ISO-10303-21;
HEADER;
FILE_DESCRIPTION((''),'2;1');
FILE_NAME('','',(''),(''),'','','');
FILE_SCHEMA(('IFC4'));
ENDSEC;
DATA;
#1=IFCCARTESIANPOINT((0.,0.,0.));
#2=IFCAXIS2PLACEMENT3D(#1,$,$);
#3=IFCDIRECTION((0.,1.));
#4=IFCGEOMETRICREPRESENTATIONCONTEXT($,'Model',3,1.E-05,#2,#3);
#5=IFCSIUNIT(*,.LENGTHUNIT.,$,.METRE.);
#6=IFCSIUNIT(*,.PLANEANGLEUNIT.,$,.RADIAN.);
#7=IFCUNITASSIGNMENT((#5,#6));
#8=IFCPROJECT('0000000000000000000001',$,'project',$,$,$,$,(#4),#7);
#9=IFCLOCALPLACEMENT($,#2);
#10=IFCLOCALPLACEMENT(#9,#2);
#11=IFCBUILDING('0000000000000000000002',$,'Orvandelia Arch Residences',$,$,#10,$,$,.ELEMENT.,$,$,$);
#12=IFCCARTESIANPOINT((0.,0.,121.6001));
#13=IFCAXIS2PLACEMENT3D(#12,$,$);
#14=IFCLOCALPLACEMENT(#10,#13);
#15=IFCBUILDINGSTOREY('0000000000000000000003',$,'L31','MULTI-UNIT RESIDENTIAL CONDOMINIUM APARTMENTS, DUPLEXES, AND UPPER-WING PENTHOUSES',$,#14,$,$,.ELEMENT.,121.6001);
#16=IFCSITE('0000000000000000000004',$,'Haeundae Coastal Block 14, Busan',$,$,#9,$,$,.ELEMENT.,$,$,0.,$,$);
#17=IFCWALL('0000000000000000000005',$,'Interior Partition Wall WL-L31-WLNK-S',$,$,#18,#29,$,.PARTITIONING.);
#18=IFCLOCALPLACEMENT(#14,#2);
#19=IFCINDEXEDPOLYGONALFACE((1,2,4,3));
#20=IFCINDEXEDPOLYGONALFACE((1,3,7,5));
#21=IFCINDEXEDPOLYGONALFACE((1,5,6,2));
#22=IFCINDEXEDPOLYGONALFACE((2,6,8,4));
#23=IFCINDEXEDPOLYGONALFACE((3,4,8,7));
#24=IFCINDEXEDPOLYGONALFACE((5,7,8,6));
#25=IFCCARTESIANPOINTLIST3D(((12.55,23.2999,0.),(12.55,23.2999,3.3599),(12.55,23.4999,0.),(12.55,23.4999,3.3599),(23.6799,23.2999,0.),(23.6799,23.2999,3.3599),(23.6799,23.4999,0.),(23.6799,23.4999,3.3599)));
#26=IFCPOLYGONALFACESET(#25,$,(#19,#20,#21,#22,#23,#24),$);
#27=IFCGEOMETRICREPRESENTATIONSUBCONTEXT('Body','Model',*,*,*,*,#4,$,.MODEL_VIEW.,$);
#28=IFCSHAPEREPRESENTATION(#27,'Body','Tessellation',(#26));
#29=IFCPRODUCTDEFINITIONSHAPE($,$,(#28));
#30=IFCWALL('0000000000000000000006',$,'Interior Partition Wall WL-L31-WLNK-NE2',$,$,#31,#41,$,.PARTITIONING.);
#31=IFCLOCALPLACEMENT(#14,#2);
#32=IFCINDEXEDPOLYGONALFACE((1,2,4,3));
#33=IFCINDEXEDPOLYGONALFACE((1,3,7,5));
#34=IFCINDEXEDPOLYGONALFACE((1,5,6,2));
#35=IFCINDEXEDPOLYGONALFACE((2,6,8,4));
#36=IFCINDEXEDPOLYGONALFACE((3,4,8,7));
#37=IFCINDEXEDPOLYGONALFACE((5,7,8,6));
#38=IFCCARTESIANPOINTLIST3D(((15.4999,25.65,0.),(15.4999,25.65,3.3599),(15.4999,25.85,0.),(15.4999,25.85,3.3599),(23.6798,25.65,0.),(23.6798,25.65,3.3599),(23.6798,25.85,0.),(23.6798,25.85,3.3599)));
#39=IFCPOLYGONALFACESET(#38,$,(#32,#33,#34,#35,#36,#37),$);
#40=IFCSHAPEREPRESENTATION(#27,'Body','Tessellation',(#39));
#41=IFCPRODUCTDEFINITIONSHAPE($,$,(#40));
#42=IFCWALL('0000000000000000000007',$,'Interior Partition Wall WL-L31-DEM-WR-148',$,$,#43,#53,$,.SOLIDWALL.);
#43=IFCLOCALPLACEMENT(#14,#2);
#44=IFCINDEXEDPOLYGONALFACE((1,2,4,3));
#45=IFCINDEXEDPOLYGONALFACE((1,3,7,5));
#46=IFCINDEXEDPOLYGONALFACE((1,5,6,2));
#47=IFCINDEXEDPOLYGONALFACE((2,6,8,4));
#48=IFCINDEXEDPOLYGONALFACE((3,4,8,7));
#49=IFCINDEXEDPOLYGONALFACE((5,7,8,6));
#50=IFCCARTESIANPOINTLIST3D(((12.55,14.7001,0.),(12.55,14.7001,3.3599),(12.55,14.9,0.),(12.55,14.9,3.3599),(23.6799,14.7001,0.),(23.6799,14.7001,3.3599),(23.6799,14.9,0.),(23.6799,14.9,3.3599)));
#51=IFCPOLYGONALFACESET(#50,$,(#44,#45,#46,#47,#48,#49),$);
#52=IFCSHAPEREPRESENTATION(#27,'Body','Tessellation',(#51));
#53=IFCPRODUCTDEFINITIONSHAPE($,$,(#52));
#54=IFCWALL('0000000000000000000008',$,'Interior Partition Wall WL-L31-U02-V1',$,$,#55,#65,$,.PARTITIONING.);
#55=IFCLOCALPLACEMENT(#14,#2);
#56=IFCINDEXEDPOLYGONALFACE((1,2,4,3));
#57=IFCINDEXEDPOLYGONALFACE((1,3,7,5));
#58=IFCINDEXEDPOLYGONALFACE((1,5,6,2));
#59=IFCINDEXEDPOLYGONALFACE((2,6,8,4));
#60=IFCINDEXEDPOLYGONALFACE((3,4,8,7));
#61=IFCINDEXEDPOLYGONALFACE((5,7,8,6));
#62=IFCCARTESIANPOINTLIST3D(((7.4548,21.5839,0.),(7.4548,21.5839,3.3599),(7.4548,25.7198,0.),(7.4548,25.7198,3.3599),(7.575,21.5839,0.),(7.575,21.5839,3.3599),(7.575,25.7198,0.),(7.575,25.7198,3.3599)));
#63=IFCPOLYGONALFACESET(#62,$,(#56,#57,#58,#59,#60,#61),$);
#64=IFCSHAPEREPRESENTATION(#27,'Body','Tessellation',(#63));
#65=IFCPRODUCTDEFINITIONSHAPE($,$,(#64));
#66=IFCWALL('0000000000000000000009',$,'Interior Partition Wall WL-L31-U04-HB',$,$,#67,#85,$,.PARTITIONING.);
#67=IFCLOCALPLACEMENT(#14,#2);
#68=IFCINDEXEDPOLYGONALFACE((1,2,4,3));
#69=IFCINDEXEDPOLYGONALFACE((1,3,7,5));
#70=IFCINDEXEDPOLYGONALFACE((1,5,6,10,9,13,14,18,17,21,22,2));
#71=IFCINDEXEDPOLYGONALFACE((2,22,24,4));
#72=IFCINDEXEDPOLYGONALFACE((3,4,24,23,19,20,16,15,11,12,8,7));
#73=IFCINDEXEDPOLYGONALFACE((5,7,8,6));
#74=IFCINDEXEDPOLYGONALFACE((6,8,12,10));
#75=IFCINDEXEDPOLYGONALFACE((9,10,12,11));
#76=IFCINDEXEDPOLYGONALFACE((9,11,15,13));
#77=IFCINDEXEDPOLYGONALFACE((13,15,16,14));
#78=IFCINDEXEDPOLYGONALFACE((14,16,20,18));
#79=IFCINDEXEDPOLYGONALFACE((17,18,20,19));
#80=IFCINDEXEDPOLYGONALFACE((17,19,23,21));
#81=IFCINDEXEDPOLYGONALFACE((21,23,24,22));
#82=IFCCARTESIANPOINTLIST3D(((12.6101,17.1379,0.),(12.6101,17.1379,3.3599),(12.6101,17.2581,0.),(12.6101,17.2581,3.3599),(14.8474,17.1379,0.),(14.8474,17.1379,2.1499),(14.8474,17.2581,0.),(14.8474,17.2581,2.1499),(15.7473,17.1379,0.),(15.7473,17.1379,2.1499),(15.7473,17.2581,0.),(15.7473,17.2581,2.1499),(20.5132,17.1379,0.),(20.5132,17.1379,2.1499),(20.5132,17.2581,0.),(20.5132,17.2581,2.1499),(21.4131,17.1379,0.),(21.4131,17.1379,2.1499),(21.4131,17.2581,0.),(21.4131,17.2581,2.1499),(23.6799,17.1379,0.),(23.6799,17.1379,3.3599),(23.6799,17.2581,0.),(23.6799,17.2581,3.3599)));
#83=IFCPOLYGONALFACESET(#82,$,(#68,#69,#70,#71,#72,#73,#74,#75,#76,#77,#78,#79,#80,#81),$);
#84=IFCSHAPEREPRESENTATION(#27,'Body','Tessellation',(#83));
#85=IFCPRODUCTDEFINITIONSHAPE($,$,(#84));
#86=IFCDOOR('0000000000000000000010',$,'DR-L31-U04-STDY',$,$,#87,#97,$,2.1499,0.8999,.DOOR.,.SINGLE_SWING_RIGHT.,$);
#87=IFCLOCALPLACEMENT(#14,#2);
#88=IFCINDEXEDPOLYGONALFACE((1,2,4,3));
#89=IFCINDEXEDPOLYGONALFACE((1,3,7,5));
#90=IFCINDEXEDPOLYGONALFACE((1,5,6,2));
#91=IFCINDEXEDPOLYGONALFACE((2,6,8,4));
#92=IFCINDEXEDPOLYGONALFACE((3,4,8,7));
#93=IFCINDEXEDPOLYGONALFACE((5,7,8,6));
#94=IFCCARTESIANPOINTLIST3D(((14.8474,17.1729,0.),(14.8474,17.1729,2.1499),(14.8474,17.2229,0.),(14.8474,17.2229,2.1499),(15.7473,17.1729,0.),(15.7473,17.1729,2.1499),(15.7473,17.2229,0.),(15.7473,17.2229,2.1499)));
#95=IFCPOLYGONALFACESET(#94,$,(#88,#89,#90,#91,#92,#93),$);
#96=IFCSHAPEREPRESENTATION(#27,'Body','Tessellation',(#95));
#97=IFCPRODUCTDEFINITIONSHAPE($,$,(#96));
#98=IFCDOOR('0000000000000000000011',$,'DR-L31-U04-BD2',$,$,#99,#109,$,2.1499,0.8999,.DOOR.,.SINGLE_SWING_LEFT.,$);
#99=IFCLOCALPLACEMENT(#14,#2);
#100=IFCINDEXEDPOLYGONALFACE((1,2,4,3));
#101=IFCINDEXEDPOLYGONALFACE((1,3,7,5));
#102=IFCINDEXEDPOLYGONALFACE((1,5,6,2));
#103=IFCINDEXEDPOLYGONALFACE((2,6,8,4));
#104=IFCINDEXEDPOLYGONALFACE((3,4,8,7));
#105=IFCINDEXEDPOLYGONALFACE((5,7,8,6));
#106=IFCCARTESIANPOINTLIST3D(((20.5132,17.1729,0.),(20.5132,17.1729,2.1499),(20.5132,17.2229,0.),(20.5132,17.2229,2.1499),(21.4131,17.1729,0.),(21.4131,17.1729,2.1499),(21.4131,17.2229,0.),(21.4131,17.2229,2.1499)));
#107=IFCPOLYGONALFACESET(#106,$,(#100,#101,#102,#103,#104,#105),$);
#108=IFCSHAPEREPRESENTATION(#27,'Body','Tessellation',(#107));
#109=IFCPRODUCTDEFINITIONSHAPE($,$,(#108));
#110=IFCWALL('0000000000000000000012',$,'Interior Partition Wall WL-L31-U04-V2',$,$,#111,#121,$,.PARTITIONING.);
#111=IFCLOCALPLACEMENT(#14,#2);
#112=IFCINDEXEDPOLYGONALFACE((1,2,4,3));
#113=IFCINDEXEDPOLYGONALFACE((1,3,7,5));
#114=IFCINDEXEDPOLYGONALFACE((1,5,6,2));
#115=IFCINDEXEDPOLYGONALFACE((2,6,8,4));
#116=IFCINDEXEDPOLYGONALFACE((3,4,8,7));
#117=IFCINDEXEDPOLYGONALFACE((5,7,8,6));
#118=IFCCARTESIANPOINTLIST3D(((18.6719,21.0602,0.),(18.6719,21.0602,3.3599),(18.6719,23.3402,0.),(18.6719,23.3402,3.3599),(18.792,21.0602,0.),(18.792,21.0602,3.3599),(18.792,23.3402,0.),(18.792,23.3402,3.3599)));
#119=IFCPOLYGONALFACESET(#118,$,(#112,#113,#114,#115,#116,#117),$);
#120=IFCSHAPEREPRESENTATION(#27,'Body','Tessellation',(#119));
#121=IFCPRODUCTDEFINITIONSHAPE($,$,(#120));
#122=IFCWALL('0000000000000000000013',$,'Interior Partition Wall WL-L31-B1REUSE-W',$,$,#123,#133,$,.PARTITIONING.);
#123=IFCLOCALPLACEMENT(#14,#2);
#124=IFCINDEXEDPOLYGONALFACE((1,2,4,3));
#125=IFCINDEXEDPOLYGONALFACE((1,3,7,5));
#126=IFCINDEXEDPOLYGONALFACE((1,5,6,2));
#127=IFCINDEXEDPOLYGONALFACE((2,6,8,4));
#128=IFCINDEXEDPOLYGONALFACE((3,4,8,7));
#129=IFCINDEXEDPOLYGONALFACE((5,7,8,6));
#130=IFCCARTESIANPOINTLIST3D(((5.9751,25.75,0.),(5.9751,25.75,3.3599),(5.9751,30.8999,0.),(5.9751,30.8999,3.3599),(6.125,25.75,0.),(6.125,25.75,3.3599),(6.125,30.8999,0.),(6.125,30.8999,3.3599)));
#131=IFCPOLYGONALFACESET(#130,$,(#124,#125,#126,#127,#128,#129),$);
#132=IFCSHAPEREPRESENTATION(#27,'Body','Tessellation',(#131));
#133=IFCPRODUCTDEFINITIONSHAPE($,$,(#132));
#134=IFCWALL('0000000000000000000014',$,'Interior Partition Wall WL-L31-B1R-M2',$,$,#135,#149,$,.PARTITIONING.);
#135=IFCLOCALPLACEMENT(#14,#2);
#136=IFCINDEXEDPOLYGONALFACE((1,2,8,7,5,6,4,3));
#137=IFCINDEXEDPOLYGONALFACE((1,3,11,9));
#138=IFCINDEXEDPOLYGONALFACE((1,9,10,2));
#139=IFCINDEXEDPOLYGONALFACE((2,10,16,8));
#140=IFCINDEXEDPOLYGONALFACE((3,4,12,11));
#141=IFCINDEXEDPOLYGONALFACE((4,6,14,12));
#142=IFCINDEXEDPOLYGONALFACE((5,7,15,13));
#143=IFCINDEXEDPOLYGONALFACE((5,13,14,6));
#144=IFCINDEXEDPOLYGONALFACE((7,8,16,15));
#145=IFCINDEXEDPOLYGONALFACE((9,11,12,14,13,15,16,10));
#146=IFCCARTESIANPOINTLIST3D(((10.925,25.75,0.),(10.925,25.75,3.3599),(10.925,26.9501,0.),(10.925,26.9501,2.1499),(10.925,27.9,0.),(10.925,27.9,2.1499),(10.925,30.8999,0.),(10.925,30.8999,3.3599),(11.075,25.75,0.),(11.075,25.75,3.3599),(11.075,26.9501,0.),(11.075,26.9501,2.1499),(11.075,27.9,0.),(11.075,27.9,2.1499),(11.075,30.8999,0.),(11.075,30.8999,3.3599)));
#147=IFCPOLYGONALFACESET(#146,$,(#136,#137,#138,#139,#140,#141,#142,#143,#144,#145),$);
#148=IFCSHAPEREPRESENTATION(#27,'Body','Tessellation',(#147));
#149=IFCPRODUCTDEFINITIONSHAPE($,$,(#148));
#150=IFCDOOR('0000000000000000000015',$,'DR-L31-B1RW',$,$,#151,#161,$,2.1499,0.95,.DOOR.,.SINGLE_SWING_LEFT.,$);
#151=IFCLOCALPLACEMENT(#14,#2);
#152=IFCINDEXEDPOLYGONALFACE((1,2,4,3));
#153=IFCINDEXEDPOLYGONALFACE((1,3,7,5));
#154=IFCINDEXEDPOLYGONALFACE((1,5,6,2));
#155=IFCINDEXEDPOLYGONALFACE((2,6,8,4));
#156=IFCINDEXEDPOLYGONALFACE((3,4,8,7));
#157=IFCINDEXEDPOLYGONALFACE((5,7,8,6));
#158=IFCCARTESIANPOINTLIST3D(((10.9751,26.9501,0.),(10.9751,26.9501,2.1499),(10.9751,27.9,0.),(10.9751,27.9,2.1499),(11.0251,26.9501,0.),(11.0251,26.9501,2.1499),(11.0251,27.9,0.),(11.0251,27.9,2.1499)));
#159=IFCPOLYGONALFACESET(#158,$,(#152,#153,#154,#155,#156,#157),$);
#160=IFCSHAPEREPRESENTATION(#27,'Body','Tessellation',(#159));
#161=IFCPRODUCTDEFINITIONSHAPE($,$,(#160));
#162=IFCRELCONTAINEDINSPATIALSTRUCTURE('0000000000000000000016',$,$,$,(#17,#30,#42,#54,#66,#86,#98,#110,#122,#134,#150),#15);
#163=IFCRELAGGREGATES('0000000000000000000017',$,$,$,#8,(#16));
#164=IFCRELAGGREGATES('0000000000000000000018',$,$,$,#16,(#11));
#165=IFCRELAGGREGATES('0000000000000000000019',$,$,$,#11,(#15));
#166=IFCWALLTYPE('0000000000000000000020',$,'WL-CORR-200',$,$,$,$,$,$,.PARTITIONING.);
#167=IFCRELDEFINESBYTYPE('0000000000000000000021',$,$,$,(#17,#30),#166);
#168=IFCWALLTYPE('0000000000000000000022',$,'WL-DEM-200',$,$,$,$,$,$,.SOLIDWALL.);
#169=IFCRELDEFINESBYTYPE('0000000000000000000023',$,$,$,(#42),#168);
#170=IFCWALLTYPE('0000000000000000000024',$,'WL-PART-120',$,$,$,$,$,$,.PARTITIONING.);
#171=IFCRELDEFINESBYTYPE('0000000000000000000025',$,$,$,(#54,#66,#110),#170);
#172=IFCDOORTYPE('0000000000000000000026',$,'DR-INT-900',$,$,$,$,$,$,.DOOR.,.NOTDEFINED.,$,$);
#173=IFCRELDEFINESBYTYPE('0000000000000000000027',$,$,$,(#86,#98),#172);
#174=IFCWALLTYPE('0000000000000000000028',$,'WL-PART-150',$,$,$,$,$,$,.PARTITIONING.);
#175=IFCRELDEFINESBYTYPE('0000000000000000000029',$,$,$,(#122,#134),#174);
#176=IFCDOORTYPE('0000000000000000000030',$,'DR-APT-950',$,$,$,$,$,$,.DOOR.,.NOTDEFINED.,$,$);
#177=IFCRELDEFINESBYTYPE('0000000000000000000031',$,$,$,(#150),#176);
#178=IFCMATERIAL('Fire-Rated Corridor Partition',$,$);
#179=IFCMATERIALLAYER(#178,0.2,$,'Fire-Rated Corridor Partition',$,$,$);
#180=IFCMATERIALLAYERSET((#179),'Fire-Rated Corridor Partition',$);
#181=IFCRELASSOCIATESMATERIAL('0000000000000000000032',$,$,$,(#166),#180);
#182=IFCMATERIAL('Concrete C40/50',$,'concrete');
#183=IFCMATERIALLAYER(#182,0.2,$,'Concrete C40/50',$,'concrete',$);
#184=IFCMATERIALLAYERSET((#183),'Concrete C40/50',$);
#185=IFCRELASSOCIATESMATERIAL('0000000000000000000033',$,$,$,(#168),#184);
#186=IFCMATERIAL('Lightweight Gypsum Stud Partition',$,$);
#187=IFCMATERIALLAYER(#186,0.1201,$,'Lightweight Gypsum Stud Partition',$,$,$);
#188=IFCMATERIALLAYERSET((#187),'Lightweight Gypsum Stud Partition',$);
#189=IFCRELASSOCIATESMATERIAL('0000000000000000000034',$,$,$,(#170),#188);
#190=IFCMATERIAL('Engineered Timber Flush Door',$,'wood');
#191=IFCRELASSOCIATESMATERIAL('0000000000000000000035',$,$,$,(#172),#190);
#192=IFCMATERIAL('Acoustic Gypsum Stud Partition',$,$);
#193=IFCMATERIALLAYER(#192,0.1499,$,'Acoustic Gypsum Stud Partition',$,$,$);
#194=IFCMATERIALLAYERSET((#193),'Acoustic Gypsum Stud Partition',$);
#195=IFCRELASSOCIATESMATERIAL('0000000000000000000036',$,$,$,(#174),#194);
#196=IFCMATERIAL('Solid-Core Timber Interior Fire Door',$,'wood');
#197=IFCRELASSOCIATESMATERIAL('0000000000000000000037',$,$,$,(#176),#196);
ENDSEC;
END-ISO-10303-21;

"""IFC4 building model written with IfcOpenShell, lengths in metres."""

from ifc_helpers import new_model, si_unit, direction, frame, frame_2d, origin, place, context, subcontext, project, spatial, rectangle, extrude, material, layer, layer_set, type_object, element, fill, save


model = new_model("IFC4")

# Units and contexts
model_context = context("Model", 3, precision=1e-05, world=origin(), true_north=direction((0.0, 1.0)))
body_context = subcontext(model_context, "Body", "Model", "MODEL_VIEW")
ifc_project = project(units=[si_unit("LENGTHUNIT", "METRE"), si_unit("PLANEANGLEUNIT", "RADIAN")], contexts=[model_context])

# Site, building, storey
site_placement = place(None, origin())
site = spatial("IfcSite", under=ifc_project, at=site_placement, Name="Haeundae Coastal Block 14, Busan", CompositionType="ELEMENT", RefElevation=0.0)
building_placement = place(site_placement, origin())
building = spatial("IfcBuilding", under=site, at=building_placement, Name="Orvandelia Arch Residences", CompositionType="ELEMENT")
storey_placement = place(building_placement, frame((0.0, 0.0, 121.6001)))
storey = spatial("IfcBuildingStorey", under=building, at=storey_placement, Name="L31", Description="MULTI-UNIT RESIDENTIAL CONDOMINIUM APARTMENTS, DUPLEXES, AND UPPER-WING PENTHOUSES", CompositionType="ELEMENT", Elevation=121.6001)

# Walls
ifc_material_1 = material(Name="Fire-Rated Corridor Partition")
ifc_layer_1 = layer(ifc_material_1, 0.2, Name="Fire-Rated Corridor Partition")
ifc_layer_set_1 = layer_set([ifc_layer_1], Name="Fire-Rated Corridor Partition")
wall_type_1 = type_object("IfcWallType", Name="WL-CORR-200", PredefinedType="PARTITIONING", material=ifc_layer_set_1)
wall_1_placement = place(storey_placement, frame((12.55, 23.3999, 0.0), z_axis=(0.0, 0.0, 1.0), x_axis=(1.0, 0.0, 0.0)))
element("IfcWall", 1, at=wall_1_placement, inside=storey, type_object=wall_type_1, Name="Interior Partition Wall WL-L31-WLNK-S", PredefinedType="PARTITIONING", context=body_context, shape_type="SweptSolid", body=[
    extrude(rectangle(XDim=11.1299, YDim=0.2, at=frame_2d((5.5649, 0.0))), origin(), (0.0, 0.0, 1.0), 3.3599),
])
wall_2_placement = place(storey_placement, frame((15.5, 25.75, 0.0), z_axis=(0.0, 0.0, 1.0), x_axis=(1.0, 0.0, 0.0)))
element("IfcWall", 2, at=wall_2_placement, inside=storey, type_object=wall_type_1, Name="Interior Partition Wall WL-L31-WLNK-NE2", PredefinedType="PARTITIONING", context=body_context, shape_type="SweptSolid", body=[
    extrude(rectangle(XDim=8.1799, YDim=0.2, at=frame_2d((4.0898, 0.0))), origin(), (0.0, 0.0, 1.0), 3.3599),
])
ifc_material_2 = material(Name="Concrete C40/50", Category="concrete")
ifc_layer_2 = layer(ifc_material_2, 0.2, Name="Concrete C40/50", Category="concrete")
ifc_layer_set_2 = layer_set([ifc_layer_2], Name="Concrete C40/50")
wall_type_2 = type_object("IfcWallType", Name="WL-DEM-200", PredefinedType="SOLIDWALL", material=ifc_layer_set_2)
wall_3_placement = place(storey_placement, frame((12.55, 14.8, 0.0), z_axis=(0.0, 0.0, 1.0), x_axis=(1.0, 0.0, 0.0)))
element("IfcWall", 3, at=wall_3_placement, inside=storey, type_object=wall_type_2, Name="Interior Partition Wall WL-L31-DEM-WR-148", PredefinedType="SOLIDWALL", context=body_context, shape_type="SweptSolid", body=[
    extrude(rectangle(XDim=11.1299, YDim=0.2, at=frame_2d((5.5649, 0.0))), origin(), (0.0, 0.0, 1.0), 3.3599),
])
ifc_material_3 = material(Name="Lightweight Gypsum Stud Partition")
ifc_layer_3 = layer(ifc_material_3, 0.1201, Name="Lightweight Gypsum Stud Partition")
ifc_layer_set_3 = layer_set([ifc_layer_3], Name="Lightweight Gypsum Stud Partition")
wall_type_3 = type_object("IfcWallType", Name="WL-PART-120", PredefinedType="PARTITIONING", material=ifc_layer_set_3)
wall_4_placement = place(storey_placement, frame((7.5149, 21.584, 0.0), z_axis=(0.0, 0.0, 1.0), x_axis=(0.0, 1.0, 0.0)))
element("IfcWall", 4, at=wall_4_placement, inside=storey, type_object=wall_type_3, Name="Interior Partition Wall WL-L31-U02-V1", PredefinedType="PARTITIONING", context=body_context, shape_type="SweptSolid", body=[
    extrude(rectangle(XDim=4.136, YDim=0.1201, at=frame_2d((2.0679, 0.0))), origin(), (0.0, 0.0, 1.0), 3.3599),
])

# Wall, openings, doors
wall_5_placement = place(storey_placement, frame((12.6101, 17.198, 0.0), z_axis=(0.0, 0.0, 1.0), x_axis=(1.0, 0.0, 0.0)))
wall_5 = element("IfcWall", 5, at=wall_5_placement, inside=storey, type_object=wall_type_3, Name="Interior Partition Wall WL-L31-U04-HB", PredefinedType="PARTITIONING", context=body_context, shape_type="SweptSolid", body=[
    extrude(rectangle(XDim=11.0698, YDim=0.1201, at=frame_2d((5.5349, 0.0))), origin(), (0.0, 0.0, 1.0), 3.3599),
])
opening_1_placement = place(wall_5_placement, frame((2.2373, 0.0, 0.0)))
opening_1 = element("IfcOpeningElement", 6, at=opening_1_placement, cuts=wall_5, PredefinedType="OPENING", context=body_context, shape_type="SweptSolid", body=[
    extrude(rectangle(XDim=0.8999, YDim=2.1499, at=frame_2d((0.45, 1.075))), frame((0.0, 0.0701, 0.0), z_axis=(0.0, -1.0, 0.0), x_axis=(1.0, 0.0, 0.0)), (0.0, 0.0, 1.0), 0.1401),
])
opening_2_placement = place(wall_5_placement, frame((7.9031, 0.0, 0.0)))
opening_2 = element("IfcOpeningElement", 7, at=opening_2_placement, cuts=wall_5, PredefinedType="OPENING", context=body_context, shape_type="SweptSolid", body=[
    extrude(rectangle(XDim=0.8999, YDim=2.1499, at=frame_2d((0.45, 1.075))), frame((0.0, 0.0701, 0.0), z_axis=(0.0, -1.0, 0.0), x_axis=(1.0, 0.0, 0.0)), (0.0, 0.0, 1.0), 0.1401),
])
ifc_material_4 = material(Name="Engineered Timber Flush Door", Category="wood")
door_type_1 = type_object("IfcDoorType", Name="DR-INT-900", OperationType="NOTDEFINED", PredefinedType="DOOR", material=ifc_material_4)
door_1_placement = place(opening_1_placement, origin())
door_1 = element("IfcDoor", 8, at=door_1_placement, inside=storey, type_object=door_type_1, Name="DR-L31-U04-STDY", OperationType="SINGLE_SWING_RIGHT", OverallHeight=2.1499, OverallWidth=0.8999, PredefinedType="DOOR", context=body_context, shape_type="SweptSolid", body=[
    extrude(rectangle(XDim=0.8999, YDim=2.1499, at=frame_2d((0.45, 1.075))), frame((0.0, 0.0249, 0.0), z_axis=(0.0, -1.0, 0.0), x_axis=(1.0, 0.0, 0.0)), (0.0, 0.0, 1.0), 0.05),
])
fill(opening_1, door_1)
door_2_placement = place(opening_2_placement, origin())
door_2 = element("IfcDoor", 9, at=door_2_placement, inside=storey, type_object=door_type_1, Name="DR-L31-U04-BD2", OperationType="SINGLE_SWING_LEFT", OverallHeight=2.1499, OverallWidth=0.8999, PredefinedType="DOOR", context=body_context, shape_type="SweptSolid", body=[
    extrude(rectangle(XDim=0.8999, YDim=2.1499, at=frame_2d((0.45, 1.075))), frame((0.0, 0.0249, 0.0), z_axis=(0.0, -1.0, 0.0), x_axis=(1.0, 0.0, 0.0)), (0.0, 0.0, 1.0), 0.05),
])
fill(opening_2, door_2)

# Walls
wall_6_placement = place(storey_placement, frame((18.7319, 21.0601, 0.0), z_axis=(0.0, 0.0, 1.0), x_axis=(0.0, 1.0, 0.0)))
element("IfcWall", 10, at=wall_6_placement, inside=storey, type_object=wall_type_3, Name="Interior Partition Wall WL-L31-U04-V2", PredefinedType="PARTITIONING", context=body_context, shape_type="SweptSolid", body=[
    extrude(rectangle(XDim=2.28, YDim=0.1201, at=frame_2d((1.1401, 0.0))), origin(), (0.0, 0.0, 1.0), 3.3599),
])
ifc_material_5 = material(Name="Acoustic Gypsum Stud Partition")
ifc_layer_4 = layer(ifc_material_5, 0.1499, Name="Acoustic Gypsum Stud Partition")
ifc_layer_set_4 = layer_set([ifc_layer_4], Name="Acoustic Gypsum Stud Partition")
wall_type_4 = type_object("IfcWallType", Name="WL-PART-150", PredefinedType="PARTITIONING", material=ifc_layer_set_4)
wall_7_placement = place(storey_placement, frame((6.05, 25.75, 0.0), z_axis=(0.0, 0.0, 1.0), x_axis=(0.0, 1.0, 0.0)))
element("IfcWall", 11, at=wall_7_placement, inside=storey, type_object=wall_type_4, Name="Interior Partition Wall WL-L31-B1REUSE-W", PredefinedType="PARTITIONING", context=body_context, shape_type="SweptSolid", body=[
    extrude(rectangle(XDim=5.1499, YDim=0.1499, at=frame_2d((2.575, 0.0))), origin(), (0.0, 0.0, 1.0), 3.3599),
])

# Wall, opening, door
wall_8_placement = place(storey_placement, frame((11.0, 25.75, 0.0), z_axis=(0.0, 0.0, 1.0), x_axis=(0.0, 1.0, 0.0)))
wall_8 = element("IfcWall", 12, at=wall_8_placement, inside=storey, type_object=wall_type_4, Name="Interior Partition Wall WL-L31-B1R-M2", PredefinedType="PARTITIONING", context=body_context, shape_type="SweptSolid", body=[
    extrude(rectangle(XDim=5.1499, YDim=0.1499, at=frame_2d((2.575, 0.0))), origin(), (0.0, 0.0, 1.0), 3.3599),
])
opening_3_placement = place(wall_8_placement, frame((1.2, 0.0, 0.0)))
opening_3 = element("IfcOpeningElement", 13, at=opening_3_placement, cuts=wall_8, PredefinedType="OPENING", context=body_context, shape_type="SweptSolid", body=[
    extrude(rectangle(XDim=0.95, YDim=2.1499, at=frame_2d((0.4751, 1.075))), frame((0.0, 0.085, 0.0), z_axis=(0.0, -1.0, 0.0), x_axis=(1.0, 0.0, 0.0)), (0.0, 0.0, 1.0), 0.1699),
])
ifc_material_6 = material(Name="Solid-Core Timber Interior Fire Door", Category="wood")
door_type_2 = type_object("IfcDoorType", Name="DR-APT-950", OperationType="NOTDEFINED", PredefinedType="DOOR", material=ifc_material_6)
door_3_placement = place(opening_3_placement, origin())
door_3 = element("IfcDoor", 14, at=door_3_placement, inside=storey, type_object=door_type_2, Name="DR-L31-B1RW", OperationType="SINGLE_SWING_LEFT", OverallHeight=2.1499, OverallWidth=0.95, PredefinedType="DOOR", context=body_context, shape_type="SweptSolid", body=[
    extrude(rectangle(XDim=0.95, YDim=2.1499, at=frame_2d((0.4751, 1.075))), frame((0.0, 0.0249, 0.0), z_axis=(0.0, -1.0, 0.0), x_axis=(1.0, 0.0, 0.0)), (0.0, 0.0, 1.0), 0.05),
])
fill(opening_3, door_3)

save(model, "model.ifc")
